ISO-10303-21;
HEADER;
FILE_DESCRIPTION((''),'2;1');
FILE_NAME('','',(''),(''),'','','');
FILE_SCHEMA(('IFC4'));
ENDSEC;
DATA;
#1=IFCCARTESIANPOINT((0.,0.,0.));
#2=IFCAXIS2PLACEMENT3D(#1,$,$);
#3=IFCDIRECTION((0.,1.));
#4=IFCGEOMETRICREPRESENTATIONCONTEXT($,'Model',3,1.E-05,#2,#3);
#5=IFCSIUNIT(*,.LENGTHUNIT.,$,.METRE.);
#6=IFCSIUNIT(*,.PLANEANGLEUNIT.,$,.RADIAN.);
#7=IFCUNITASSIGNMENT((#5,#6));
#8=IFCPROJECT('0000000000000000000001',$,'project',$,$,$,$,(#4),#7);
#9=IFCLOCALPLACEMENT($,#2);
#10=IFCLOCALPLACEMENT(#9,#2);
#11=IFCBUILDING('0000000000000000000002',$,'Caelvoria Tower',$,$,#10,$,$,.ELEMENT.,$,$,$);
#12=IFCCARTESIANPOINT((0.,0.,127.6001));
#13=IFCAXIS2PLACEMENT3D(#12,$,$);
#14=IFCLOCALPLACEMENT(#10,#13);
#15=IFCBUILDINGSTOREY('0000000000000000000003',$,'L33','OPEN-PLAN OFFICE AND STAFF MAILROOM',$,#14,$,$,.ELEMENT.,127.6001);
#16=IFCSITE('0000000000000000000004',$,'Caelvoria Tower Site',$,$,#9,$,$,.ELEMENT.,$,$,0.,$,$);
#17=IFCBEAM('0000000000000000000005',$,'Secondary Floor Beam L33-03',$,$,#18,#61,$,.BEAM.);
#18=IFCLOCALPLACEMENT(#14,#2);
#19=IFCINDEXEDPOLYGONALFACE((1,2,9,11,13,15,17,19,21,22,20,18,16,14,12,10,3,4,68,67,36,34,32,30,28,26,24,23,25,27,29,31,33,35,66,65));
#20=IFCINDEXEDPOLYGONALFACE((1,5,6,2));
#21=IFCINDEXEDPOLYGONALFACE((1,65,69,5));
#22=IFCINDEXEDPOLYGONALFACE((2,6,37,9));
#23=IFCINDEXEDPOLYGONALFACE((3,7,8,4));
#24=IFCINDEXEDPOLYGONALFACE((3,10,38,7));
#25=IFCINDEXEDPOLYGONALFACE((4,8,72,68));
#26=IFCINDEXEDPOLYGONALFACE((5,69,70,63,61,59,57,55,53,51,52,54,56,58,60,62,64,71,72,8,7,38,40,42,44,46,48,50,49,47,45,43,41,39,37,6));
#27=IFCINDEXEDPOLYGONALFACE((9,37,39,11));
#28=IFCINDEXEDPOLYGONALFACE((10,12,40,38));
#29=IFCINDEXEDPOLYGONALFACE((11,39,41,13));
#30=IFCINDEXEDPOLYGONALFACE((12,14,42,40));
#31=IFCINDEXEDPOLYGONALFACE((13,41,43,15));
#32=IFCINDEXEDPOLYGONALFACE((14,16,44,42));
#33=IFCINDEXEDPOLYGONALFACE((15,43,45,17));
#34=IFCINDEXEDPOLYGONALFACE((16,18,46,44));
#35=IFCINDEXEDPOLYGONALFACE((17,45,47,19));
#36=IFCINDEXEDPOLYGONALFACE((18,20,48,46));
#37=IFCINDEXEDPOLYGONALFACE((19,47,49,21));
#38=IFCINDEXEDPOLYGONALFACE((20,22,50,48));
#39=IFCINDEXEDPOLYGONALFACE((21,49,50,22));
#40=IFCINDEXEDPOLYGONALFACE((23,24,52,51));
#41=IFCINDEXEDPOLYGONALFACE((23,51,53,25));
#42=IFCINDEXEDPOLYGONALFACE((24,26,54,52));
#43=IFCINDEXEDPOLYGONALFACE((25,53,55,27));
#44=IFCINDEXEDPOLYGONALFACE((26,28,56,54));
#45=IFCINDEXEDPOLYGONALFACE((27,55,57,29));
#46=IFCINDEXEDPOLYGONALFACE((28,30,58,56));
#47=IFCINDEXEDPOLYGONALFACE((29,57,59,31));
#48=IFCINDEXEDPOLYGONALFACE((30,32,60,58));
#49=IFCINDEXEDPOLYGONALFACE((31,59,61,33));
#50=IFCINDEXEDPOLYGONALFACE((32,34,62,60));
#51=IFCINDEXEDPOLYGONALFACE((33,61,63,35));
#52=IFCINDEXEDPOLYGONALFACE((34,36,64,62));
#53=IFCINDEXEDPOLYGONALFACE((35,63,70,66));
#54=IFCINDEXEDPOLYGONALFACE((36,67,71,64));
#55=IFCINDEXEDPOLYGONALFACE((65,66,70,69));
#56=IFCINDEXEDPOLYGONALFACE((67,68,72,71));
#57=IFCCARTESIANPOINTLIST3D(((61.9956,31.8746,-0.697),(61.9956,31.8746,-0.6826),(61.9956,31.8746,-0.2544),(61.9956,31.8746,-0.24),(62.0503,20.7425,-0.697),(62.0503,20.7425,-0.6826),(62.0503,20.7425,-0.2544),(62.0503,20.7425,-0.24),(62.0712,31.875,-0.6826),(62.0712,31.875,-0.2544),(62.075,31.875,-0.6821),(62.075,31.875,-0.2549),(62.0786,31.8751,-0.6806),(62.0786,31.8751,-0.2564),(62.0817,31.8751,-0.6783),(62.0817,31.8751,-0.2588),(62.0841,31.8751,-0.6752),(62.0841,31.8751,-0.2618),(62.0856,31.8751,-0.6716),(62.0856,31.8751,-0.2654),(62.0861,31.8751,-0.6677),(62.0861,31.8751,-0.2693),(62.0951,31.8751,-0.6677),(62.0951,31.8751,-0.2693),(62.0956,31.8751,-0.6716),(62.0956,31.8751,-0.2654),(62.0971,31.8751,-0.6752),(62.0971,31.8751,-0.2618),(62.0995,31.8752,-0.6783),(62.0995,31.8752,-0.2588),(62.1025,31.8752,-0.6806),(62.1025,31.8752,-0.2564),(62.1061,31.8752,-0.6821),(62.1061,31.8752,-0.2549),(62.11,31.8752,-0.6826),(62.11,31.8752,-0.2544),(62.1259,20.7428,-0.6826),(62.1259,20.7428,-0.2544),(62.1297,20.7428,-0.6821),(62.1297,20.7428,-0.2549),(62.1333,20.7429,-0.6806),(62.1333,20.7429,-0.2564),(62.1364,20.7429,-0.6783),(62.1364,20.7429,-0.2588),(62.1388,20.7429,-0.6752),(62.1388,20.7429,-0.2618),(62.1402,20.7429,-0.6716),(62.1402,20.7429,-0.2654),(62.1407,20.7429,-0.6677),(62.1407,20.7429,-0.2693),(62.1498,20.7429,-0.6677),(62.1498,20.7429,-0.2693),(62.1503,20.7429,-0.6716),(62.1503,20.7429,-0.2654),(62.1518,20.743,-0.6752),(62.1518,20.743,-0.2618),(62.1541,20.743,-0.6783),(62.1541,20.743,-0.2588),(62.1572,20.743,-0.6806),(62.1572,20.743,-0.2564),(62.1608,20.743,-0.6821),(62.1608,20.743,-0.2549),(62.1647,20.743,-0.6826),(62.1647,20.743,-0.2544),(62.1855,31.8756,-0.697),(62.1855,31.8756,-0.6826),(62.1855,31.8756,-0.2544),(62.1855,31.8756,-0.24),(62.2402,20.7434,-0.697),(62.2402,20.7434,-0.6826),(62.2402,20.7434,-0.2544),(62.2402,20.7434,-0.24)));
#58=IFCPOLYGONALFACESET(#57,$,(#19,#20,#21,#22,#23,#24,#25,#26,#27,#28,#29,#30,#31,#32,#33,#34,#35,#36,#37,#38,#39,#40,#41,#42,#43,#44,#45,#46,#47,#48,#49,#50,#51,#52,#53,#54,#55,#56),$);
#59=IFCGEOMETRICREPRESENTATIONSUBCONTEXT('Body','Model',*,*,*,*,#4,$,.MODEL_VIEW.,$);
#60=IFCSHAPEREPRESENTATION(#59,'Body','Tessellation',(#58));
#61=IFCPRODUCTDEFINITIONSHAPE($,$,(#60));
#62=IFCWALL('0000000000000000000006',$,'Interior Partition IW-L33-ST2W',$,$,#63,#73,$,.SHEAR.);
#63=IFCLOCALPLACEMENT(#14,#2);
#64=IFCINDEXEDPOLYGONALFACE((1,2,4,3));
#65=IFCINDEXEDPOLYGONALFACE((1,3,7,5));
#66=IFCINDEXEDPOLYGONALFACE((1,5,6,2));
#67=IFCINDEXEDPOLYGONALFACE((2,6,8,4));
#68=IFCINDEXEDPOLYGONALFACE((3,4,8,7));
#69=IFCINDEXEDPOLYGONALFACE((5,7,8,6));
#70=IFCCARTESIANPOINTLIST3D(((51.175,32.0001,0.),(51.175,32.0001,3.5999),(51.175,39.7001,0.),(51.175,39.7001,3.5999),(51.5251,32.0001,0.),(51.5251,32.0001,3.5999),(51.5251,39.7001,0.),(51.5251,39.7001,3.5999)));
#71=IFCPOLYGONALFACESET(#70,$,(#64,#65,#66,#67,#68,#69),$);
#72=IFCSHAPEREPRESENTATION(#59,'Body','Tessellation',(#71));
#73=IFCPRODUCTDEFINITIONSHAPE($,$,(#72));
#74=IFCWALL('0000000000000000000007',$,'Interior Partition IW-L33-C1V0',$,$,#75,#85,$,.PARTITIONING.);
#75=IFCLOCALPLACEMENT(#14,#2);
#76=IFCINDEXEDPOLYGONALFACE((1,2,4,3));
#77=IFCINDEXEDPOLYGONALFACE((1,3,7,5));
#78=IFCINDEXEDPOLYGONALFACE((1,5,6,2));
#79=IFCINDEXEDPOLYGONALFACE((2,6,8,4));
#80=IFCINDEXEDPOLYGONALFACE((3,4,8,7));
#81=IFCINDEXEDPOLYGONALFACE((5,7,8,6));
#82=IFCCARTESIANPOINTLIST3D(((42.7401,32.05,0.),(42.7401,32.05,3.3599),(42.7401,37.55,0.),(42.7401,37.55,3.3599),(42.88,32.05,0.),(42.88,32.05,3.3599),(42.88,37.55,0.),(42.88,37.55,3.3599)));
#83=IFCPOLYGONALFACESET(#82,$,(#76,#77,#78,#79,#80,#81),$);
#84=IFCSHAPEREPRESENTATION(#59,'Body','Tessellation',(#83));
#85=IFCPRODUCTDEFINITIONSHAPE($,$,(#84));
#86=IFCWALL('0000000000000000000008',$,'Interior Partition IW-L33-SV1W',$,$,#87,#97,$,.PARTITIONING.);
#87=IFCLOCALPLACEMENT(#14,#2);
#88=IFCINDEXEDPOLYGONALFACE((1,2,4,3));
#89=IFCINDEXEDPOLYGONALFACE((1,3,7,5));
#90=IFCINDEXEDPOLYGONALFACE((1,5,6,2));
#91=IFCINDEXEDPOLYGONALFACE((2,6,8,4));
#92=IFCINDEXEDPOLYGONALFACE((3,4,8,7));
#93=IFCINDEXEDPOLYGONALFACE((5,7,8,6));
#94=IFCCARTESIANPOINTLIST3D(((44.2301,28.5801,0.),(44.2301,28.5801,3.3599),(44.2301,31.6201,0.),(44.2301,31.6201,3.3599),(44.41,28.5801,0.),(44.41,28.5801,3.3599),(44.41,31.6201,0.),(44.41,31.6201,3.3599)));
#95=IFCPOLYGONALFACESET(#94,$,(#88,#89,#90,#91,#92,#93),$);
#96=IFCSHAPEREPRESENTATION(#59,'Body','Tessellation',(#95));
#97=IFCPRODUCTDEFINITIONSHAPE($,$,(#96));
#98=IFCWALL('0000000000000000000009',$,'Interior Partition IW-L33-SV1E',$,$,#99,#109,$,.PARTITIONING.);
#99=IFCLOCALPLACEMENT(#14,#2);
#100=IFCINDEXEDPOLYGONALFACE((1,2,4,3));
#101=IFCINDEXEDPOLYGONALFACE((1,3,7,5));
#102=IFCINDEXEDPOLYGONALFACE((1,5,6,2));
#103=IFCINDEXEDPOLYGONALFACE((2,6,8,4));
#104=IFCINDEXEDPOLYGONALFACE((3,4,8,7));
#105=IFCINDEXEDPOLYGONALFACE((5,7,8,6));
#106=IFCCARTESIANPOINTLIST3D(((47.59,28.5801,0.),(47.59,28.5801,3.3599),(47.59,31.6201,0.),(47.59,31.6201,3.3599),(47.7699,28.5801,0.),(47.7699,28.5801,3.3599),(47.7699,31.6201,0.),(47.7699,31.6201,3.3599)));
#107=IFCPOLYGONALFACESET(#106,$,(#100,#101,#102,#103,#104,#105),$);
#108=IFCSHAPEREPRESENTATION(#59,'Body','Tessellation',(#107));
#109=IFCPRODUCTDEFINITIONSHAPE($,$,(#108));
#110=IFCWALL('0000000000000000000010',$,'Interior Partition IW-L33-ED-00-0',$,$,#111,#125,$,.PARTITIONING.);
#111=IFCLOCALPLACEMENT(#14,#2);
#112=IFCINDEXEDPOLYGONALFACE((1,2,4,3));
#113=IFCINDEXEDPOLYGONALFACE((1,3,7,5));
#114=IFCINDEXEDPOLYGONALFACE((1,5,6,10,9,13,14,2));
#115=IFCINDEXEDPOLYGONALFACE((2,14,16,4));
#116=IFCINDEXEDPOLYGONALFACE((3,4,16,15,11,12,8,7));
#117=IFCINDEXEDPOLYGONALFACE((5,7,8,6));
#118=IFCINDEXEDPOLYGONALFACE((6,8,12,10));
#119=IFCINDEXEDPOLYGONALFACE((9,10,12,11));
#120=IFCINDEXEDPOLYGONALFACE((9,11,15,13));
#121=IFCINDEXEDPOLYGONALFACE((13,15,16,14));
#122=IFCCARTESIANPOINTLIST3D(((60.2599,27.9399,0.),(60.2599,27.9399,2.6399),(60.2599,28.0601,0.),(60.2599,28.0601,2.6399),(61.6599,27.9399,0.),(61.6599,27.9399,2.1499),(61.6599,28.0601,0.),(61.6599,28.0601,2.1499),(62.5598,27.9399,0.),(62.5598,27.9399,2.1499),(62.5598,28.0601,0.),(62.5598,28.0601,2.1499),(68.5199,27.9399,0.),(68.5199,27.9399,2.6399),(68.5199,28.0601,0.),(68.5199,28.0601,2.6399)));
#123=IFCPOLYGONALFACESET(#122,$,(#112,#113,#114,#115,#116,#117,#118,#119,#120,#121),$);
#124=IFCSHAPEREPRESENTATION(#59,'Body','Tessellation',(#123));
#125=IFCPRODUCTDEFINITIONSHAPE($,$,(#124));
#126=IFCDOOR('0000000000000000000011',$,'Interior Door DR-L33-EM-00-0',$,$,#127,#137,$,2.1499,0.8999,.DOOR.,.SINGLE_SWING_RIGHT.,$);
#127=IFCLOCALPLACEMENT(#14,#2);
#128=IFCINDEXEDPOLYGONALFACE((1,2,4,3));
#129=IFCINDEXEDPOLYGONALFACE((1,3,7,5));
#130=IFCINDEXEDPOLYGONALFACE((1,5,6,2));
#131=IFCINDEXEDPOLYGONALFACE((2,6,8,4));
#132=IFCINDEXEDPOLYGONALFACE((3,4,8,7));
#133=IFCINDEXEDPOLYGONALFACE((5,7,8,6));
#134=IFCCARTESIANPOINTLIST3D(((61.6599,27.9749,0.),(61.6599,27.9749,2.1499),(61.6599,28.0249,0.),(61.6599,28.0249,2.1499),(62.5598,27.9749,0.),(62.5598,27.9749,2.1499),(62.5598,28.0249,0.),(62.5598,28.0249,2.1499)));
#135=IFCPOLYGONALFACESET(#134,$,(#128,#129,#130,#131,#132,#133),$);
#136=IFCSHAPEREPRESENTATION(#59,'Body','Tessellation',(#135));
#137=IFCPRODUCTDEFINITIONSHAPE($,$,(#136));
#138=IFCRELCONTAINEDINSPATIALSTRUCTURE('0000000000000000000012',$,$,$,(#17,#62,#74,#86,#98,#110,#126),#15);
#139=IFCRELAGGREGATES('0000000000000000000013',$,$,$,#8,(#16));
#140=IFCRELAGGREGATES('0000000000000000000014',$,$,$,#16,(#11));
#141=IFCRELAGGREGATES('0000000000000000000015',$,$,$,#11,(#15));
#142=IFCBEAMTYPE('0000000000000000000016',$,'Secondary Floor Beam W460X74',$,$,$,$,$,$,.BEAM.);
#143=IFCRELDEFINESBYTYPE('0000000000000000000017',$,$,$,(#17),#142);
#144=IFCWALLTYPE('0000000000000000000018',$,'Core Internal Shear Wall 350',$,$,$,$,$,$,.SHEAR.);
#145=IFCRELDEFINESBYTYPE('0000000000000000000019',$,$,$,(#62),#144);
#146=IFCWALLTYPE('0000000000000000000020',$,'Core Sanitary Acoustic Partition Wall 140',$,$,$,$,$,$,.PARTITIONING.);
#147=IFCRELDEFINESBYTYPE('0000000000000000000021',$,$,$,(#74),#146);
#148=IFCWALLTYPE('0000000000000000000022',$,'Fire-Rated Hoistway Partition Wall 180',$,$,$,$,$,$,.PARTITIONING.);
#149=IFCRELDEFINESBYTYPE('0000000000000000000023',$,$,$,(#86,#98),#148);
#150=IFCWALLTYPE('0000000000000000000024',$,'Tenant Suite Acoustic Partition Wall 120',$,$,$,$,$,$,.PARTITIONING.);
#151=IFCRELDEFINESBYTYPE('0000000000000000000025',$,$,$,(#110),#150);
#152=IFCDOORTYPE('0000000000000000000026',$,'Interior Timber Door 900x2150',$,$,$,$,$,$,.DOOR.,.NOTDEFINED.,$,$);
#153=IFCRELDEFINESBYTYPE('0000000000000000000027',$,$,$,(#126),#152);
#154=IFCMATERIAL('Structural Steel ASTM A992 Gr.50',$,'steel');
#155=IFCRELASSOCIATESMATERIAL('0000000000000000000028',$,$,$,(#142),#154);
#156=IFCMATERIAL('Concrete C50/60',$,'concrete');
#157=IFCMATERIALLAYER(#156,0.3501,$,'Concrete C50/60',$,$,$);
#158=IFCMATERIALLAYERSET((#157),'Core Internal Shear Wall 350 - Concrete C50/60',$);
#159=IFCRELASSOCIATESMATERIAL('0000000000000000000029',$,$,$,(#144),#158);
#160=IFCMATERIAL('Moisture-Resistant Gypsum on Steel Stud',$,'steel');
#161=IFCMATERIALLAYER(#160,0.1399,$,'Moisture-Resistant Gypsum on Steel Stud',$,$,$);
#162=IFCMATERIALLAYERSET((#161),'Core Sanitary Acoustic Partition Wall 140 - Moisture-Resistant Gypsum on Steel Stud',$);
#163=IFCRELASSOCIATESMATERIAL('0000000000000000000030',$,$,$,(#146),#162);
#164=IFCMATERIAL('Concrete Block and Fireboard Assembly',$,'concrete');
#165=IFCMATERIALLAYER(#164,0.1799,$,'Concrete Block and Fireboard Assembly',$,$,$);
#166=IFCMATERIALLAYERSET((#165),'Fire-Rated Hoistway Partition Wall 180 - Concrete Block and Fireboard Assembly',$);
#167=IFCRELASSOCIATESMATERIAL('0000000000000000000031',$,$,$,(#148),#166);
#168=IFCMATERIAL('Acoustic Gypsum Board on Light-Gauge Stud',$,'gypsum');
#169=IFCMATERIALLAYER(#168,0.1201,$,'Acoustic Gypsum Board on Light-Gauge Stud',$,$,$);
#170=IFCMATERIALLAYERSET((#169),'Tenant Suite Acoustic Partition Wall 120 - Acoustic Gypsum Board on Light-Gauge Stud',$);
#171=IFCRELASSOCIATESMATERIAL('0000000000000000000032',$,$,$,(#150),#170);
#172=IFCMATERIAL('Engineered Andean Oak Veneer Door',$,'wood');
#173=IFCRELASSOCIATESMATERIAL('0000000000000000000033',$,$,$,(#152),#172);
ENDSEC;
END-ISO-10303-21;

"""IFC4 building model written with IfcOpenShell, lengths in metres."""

from ifc_helpers import new_model, si_unit, direction, frame, frame_2d, origin, origin_2d, place, context, subcontext, project, spatial, rectangle, i_section, extrude, material, layer, layer_set, material_profile, profile_set, type_object, element, fill, save


model = new_model("IFC4")

# Units and contexts
model_context = context("Model", 3, precision=1e-05, world=origin(), true_north=direction((0.0, 1.0)))
body_context = subcontext(model_context, "Body", "Model", "MODEL_VIEW")
ifc_project = project(units=[si_unit("LENGTHUNIT", "METRE"), si_unit("PLANEANGLEUNIT", "RADIAN")], contexts=[model_context])

# Site, building, storey
site_placement = place(None, origin())
site = spatial("IfcSite", under=ifc_project, at=site_placement, Name="Caelvoria Tower Site", CompositionType="ELEMENT", RefElevation=0.0)
building_placement = place(site_placement, origin())
building = spatial("IfcBuilding", under=site, at=building_placement, Name="Caelvoria Tower", CompositionType="ELEMENT")
storey_placement = place(building_placement, frame((0.0, 0.0, 127.6001)))
storey = spatial("IfcBuildingStorey", under=building, at=storey_placement, Name="L33", Description="OPEN-PLAN OFFICE AND STAFF MAILROOM", CompositionType="ELEMENT", Elevation=127.6001)

# Beam
ifc_material_1 = material(Name="Structural Steel ASTM A992 Gr.50", Category="steel")
ifc_material_profile_1 = material_profile(ifc_material_1, i_section(OverallWidth=0.1899, OverallDepth=0.457, WebThickness=0.009, FlangeThickness=0.0144, FilletRadius=0.0149, at=origin_2d()), Name="Structural Steel ASTM A992 Gr.50")
ifc_profile_set_1 = profile_set([ifc_material_profile_1], Name="W460X74 - Structural Steel ASTM A992 Gr.50")
beam_type_1 = type_object("IfcBeamType", Name="Secondary Floor Beam W460X74", PredefinedType="BEAM", material=ifc_profile_set_1)
beam_1_placement = place(storey_placement, frame((62.1453, 20.7429, -0.4685), z_axis=(-0.004913, 0.999988, 0.0), x_axis=(-0.999988, -0.004913, 0.0)))
element("IfcBeam", 1, at=beam_1_placement, inside=storey, type_object=beam_type_1, Name="Secondary Floor Beam L33-03", PredefinedType="BEAM", context=body_context, shape_type="SweptSolid", body=[
    extrude(i_section(OverallWidth=0.1899, OverallDepth=0.457, WebThickness=0.009, FlangeThickness=0.0144, FilletRadius=0.0149, at=origin_2d()), origin(), (0.0, 0.0, 1.0), 11.1323),
])

# Walls
ifc_material_2 = material(Name="Concrete C50/60", Category="concrete")
ifc_layer_1 = layer(ifc_material_2, 0.3501, Name="Concrete C50/60")
ifc_layer_set_1 = layer_set([ifc_layer_1], Name="Core Internal Shear Wall 350 - Concrete C50/60")
wall_type_1 = type_object("IfcWallType", Name="Core Internal Shear Wall 350", PredefinedType="SHEAR", material=ifc_layer_set_1)
wall_1_placement = place(storey_placement, frame((51.3501, 32.0, 0.0), z_axis=(0.0, 0.0, 1.0), x_axis=(0.0, 1.0, 0.0)))
element("IfcWall", 2, at=wall_1_placement, inside=storey, type_object=wall_type_1, Name="Interior Partition IW-L33-ST2W", PredefinedType="SHEAR", context=body_context, shape_type="SweptSolid", body=[
    extrude(rectangle(XDim=7.7, YDim=0.3501, at=frame_2d((3.8501, 0.0))), origin(), (0.0, 0.0, 1.0), 3.5999),
])
ifc_material_3 = material(Name="Moisture-Resistant Gypsum on Steel Stud", Category="steel")
ifc_layer_2 = layer(ifc_material_3, 0.1399, Name="Moisture-Resistant Gypsum on Steel Stud")
ifc_layer_set_2 = layer_set([ifc_layer_2], Name="Core Sanitary Acoustic Partition Wall 140 - Moisture-Resistant Gypsum on Steel Stud")
wall_type_2 = type_object("IfcWallType", Name="Core Sanitary Acoustic Partition Wall 140", PredefinedType="PARTITIONING", material=ifc_layer_set_2)
wall_2_placement = place(storey_placement, frame((42.8101, 32.05, 0.0), z_axis=(0.0, 0.0, 1.0), x_axis=(0.0, 1.0, 0.0)))
element("IfcWall", 3, at=wall_2_placement, inside=storey, type_object=wall_type_2, Name="Interior Partition IW-L33-C1V0", PredefinedType="PARTITIONING", context=body_context, shape_type="SweptSolid", body=[
    extrude(rectangle(XDim=5.5, YDim=0.1399, at=frame_2d((2.75, 0.0))), origin(), (0.0, 0.0, 1.0), 3.3599),
])
ifc_material_4 = material(Name="Concrete Block and Fireboard Assembly", Category="concrete")
ifc_layer_3 = layer(ifc_material_4, 0.1799, Name="Concrete Block and Fireboard Assembly")
ifc_layer_set_3 = layer_set([ifc_layer_3], Name="Fire-Rated Hoistway Partition Wall 180 - Concrete Block and Fireboard Assembly")
wall_type_3 = type_object("IfcWallType", Name="Fire-Rated Hoistway Partition Wall 180", PredefinedType="PARTITIONING", material=ifc_layer_set_3)
for number, where, z_axis, x_axis, name in (
    (4, (44.3201, 28.5801, 0.0), (0.0, 0.0, 1.0), (0.0, 1.0, 0.0), "Interior Partition IW-L33-SV1W"),
    (5, (47.6799, 28.5801, 0.0), (0.0, 0.0, 1.0), (0.0, 1.0, 0.0), "Interior Partition IW-L33-SV1E"),
):
    element("IfcWall", number, at=place(storey_placement, frame(where, z_axis=z_axis, x_axis=x_axis)), inside=storey, type_object=wall_type_3, Name=name, PredefinedType="PARTITIONING", context=body_context, shape_type="SweptSolid", body=[
        extrude(rectangle(XDim=3.04, YDim=0.1799, at=frame_2d((1.52, 0.0))), origin(), (0.0, 0.0, 1.0), 3.3599),
    ])

# Wall, opening, door
ifc_material_5 = material(Name="Acoustic Gypsum Board on Light-Gauge Stud", Category="gypsum")
ifc_layer_4 = layer(ifc_material_5, 0.1201, Name="Acoustic Gypsum Board on Light-Gauge Stud")
ifc_layer_set_4 = layer_set([ifc_layer_4], Name="Tenant Suite Acoustic Partition Wall 120 - Acoustic Gypsum Board on Light-Gauge Stud")
wall_type_4 = type_object("IfcWallType", Name="Tenant Suite Acoustic Partition Wall 120", PredefinedType="PARTITIONING", material=ifc_layer_set_4)
wall_3_placement = place(storey_placement, frame((60.26, 28.0, 0.0), z_axis=(0.0, 0.0, 1.0), x_axis=(1.0, 0.0, 0.0)))
wall_3 = element("IfcWall", 6, at=wall_3_placement, inside=storey, type_object=wall_type_4, Name="Interior Partition IW-L33-ED-00-0", PredefinedType="PARTITIONING", context=body_context, shape_type="SweptSolid", body=[
    extrude(rectangle(XDim=8.26, YDim=0.1201, at=frame_2d((4.1299, 0.0))), origin(), (0.0, 0.0, 1.0), 2.6399),
])
opening_1_placement = place(wall_3_placement, frame((1.3999, 0.0, 0.0)))
opening_1 = element("IfcOpeningElement", 7, at=opening_1_placement, cuts=wall_3, PredefinedType="OPENING", context=body_context, shape_type="SweptSolid", body=[
    extrude(rectangle(XDim=0.8999, YDim=2.1499, at=frame_2d((0.45, 1.075))), frame((0.0, 0.0701, 0.0), z_axis=(0.0, -1.0, 0.0), x_axis=(1.0, 0.0, 0.0)), (0.0, 0.0, 1.0), 0.1401),
])
ifc_material_6 = material(Name="Engineered Andean Oak Veneer Door", Category="wood")
door_type_1 = type_object("IfcDoorType", Name="Interior Timber Door 900x2150", OperationType="NOTDEFINED", PredefinedType="DOOR", material=ifc_material_6)
door_1_placement = place(opening_1_placement, origin())
door_1 = element("IfcDoor", 8, at=door_1_placement, inside=storey, type_object=door_type_1, Name="Interior Door DR-L33-EM-00-0", OperationType="SINGLE_SWING_RIGHT", OverallHeight=2.1499, OverallWidth=0.8999, PredefinedType="DOOR", context=body_context, shape_type="SweptSolid", body=[
    extrude(rectangle(XDim=0.8999, YDim=2.1499, at=frame_2d((0.45, 1.075))), frame((0.0, 0.0249, 0.0), z_axis=(0.0, -1.0, 0.0), x_axis=(1.0, 0.0, 0.0)), (0.0, 0.0, 1.0), 0.05),
])
fill(opening_1, door_1)

save(model, "model.ifc")
